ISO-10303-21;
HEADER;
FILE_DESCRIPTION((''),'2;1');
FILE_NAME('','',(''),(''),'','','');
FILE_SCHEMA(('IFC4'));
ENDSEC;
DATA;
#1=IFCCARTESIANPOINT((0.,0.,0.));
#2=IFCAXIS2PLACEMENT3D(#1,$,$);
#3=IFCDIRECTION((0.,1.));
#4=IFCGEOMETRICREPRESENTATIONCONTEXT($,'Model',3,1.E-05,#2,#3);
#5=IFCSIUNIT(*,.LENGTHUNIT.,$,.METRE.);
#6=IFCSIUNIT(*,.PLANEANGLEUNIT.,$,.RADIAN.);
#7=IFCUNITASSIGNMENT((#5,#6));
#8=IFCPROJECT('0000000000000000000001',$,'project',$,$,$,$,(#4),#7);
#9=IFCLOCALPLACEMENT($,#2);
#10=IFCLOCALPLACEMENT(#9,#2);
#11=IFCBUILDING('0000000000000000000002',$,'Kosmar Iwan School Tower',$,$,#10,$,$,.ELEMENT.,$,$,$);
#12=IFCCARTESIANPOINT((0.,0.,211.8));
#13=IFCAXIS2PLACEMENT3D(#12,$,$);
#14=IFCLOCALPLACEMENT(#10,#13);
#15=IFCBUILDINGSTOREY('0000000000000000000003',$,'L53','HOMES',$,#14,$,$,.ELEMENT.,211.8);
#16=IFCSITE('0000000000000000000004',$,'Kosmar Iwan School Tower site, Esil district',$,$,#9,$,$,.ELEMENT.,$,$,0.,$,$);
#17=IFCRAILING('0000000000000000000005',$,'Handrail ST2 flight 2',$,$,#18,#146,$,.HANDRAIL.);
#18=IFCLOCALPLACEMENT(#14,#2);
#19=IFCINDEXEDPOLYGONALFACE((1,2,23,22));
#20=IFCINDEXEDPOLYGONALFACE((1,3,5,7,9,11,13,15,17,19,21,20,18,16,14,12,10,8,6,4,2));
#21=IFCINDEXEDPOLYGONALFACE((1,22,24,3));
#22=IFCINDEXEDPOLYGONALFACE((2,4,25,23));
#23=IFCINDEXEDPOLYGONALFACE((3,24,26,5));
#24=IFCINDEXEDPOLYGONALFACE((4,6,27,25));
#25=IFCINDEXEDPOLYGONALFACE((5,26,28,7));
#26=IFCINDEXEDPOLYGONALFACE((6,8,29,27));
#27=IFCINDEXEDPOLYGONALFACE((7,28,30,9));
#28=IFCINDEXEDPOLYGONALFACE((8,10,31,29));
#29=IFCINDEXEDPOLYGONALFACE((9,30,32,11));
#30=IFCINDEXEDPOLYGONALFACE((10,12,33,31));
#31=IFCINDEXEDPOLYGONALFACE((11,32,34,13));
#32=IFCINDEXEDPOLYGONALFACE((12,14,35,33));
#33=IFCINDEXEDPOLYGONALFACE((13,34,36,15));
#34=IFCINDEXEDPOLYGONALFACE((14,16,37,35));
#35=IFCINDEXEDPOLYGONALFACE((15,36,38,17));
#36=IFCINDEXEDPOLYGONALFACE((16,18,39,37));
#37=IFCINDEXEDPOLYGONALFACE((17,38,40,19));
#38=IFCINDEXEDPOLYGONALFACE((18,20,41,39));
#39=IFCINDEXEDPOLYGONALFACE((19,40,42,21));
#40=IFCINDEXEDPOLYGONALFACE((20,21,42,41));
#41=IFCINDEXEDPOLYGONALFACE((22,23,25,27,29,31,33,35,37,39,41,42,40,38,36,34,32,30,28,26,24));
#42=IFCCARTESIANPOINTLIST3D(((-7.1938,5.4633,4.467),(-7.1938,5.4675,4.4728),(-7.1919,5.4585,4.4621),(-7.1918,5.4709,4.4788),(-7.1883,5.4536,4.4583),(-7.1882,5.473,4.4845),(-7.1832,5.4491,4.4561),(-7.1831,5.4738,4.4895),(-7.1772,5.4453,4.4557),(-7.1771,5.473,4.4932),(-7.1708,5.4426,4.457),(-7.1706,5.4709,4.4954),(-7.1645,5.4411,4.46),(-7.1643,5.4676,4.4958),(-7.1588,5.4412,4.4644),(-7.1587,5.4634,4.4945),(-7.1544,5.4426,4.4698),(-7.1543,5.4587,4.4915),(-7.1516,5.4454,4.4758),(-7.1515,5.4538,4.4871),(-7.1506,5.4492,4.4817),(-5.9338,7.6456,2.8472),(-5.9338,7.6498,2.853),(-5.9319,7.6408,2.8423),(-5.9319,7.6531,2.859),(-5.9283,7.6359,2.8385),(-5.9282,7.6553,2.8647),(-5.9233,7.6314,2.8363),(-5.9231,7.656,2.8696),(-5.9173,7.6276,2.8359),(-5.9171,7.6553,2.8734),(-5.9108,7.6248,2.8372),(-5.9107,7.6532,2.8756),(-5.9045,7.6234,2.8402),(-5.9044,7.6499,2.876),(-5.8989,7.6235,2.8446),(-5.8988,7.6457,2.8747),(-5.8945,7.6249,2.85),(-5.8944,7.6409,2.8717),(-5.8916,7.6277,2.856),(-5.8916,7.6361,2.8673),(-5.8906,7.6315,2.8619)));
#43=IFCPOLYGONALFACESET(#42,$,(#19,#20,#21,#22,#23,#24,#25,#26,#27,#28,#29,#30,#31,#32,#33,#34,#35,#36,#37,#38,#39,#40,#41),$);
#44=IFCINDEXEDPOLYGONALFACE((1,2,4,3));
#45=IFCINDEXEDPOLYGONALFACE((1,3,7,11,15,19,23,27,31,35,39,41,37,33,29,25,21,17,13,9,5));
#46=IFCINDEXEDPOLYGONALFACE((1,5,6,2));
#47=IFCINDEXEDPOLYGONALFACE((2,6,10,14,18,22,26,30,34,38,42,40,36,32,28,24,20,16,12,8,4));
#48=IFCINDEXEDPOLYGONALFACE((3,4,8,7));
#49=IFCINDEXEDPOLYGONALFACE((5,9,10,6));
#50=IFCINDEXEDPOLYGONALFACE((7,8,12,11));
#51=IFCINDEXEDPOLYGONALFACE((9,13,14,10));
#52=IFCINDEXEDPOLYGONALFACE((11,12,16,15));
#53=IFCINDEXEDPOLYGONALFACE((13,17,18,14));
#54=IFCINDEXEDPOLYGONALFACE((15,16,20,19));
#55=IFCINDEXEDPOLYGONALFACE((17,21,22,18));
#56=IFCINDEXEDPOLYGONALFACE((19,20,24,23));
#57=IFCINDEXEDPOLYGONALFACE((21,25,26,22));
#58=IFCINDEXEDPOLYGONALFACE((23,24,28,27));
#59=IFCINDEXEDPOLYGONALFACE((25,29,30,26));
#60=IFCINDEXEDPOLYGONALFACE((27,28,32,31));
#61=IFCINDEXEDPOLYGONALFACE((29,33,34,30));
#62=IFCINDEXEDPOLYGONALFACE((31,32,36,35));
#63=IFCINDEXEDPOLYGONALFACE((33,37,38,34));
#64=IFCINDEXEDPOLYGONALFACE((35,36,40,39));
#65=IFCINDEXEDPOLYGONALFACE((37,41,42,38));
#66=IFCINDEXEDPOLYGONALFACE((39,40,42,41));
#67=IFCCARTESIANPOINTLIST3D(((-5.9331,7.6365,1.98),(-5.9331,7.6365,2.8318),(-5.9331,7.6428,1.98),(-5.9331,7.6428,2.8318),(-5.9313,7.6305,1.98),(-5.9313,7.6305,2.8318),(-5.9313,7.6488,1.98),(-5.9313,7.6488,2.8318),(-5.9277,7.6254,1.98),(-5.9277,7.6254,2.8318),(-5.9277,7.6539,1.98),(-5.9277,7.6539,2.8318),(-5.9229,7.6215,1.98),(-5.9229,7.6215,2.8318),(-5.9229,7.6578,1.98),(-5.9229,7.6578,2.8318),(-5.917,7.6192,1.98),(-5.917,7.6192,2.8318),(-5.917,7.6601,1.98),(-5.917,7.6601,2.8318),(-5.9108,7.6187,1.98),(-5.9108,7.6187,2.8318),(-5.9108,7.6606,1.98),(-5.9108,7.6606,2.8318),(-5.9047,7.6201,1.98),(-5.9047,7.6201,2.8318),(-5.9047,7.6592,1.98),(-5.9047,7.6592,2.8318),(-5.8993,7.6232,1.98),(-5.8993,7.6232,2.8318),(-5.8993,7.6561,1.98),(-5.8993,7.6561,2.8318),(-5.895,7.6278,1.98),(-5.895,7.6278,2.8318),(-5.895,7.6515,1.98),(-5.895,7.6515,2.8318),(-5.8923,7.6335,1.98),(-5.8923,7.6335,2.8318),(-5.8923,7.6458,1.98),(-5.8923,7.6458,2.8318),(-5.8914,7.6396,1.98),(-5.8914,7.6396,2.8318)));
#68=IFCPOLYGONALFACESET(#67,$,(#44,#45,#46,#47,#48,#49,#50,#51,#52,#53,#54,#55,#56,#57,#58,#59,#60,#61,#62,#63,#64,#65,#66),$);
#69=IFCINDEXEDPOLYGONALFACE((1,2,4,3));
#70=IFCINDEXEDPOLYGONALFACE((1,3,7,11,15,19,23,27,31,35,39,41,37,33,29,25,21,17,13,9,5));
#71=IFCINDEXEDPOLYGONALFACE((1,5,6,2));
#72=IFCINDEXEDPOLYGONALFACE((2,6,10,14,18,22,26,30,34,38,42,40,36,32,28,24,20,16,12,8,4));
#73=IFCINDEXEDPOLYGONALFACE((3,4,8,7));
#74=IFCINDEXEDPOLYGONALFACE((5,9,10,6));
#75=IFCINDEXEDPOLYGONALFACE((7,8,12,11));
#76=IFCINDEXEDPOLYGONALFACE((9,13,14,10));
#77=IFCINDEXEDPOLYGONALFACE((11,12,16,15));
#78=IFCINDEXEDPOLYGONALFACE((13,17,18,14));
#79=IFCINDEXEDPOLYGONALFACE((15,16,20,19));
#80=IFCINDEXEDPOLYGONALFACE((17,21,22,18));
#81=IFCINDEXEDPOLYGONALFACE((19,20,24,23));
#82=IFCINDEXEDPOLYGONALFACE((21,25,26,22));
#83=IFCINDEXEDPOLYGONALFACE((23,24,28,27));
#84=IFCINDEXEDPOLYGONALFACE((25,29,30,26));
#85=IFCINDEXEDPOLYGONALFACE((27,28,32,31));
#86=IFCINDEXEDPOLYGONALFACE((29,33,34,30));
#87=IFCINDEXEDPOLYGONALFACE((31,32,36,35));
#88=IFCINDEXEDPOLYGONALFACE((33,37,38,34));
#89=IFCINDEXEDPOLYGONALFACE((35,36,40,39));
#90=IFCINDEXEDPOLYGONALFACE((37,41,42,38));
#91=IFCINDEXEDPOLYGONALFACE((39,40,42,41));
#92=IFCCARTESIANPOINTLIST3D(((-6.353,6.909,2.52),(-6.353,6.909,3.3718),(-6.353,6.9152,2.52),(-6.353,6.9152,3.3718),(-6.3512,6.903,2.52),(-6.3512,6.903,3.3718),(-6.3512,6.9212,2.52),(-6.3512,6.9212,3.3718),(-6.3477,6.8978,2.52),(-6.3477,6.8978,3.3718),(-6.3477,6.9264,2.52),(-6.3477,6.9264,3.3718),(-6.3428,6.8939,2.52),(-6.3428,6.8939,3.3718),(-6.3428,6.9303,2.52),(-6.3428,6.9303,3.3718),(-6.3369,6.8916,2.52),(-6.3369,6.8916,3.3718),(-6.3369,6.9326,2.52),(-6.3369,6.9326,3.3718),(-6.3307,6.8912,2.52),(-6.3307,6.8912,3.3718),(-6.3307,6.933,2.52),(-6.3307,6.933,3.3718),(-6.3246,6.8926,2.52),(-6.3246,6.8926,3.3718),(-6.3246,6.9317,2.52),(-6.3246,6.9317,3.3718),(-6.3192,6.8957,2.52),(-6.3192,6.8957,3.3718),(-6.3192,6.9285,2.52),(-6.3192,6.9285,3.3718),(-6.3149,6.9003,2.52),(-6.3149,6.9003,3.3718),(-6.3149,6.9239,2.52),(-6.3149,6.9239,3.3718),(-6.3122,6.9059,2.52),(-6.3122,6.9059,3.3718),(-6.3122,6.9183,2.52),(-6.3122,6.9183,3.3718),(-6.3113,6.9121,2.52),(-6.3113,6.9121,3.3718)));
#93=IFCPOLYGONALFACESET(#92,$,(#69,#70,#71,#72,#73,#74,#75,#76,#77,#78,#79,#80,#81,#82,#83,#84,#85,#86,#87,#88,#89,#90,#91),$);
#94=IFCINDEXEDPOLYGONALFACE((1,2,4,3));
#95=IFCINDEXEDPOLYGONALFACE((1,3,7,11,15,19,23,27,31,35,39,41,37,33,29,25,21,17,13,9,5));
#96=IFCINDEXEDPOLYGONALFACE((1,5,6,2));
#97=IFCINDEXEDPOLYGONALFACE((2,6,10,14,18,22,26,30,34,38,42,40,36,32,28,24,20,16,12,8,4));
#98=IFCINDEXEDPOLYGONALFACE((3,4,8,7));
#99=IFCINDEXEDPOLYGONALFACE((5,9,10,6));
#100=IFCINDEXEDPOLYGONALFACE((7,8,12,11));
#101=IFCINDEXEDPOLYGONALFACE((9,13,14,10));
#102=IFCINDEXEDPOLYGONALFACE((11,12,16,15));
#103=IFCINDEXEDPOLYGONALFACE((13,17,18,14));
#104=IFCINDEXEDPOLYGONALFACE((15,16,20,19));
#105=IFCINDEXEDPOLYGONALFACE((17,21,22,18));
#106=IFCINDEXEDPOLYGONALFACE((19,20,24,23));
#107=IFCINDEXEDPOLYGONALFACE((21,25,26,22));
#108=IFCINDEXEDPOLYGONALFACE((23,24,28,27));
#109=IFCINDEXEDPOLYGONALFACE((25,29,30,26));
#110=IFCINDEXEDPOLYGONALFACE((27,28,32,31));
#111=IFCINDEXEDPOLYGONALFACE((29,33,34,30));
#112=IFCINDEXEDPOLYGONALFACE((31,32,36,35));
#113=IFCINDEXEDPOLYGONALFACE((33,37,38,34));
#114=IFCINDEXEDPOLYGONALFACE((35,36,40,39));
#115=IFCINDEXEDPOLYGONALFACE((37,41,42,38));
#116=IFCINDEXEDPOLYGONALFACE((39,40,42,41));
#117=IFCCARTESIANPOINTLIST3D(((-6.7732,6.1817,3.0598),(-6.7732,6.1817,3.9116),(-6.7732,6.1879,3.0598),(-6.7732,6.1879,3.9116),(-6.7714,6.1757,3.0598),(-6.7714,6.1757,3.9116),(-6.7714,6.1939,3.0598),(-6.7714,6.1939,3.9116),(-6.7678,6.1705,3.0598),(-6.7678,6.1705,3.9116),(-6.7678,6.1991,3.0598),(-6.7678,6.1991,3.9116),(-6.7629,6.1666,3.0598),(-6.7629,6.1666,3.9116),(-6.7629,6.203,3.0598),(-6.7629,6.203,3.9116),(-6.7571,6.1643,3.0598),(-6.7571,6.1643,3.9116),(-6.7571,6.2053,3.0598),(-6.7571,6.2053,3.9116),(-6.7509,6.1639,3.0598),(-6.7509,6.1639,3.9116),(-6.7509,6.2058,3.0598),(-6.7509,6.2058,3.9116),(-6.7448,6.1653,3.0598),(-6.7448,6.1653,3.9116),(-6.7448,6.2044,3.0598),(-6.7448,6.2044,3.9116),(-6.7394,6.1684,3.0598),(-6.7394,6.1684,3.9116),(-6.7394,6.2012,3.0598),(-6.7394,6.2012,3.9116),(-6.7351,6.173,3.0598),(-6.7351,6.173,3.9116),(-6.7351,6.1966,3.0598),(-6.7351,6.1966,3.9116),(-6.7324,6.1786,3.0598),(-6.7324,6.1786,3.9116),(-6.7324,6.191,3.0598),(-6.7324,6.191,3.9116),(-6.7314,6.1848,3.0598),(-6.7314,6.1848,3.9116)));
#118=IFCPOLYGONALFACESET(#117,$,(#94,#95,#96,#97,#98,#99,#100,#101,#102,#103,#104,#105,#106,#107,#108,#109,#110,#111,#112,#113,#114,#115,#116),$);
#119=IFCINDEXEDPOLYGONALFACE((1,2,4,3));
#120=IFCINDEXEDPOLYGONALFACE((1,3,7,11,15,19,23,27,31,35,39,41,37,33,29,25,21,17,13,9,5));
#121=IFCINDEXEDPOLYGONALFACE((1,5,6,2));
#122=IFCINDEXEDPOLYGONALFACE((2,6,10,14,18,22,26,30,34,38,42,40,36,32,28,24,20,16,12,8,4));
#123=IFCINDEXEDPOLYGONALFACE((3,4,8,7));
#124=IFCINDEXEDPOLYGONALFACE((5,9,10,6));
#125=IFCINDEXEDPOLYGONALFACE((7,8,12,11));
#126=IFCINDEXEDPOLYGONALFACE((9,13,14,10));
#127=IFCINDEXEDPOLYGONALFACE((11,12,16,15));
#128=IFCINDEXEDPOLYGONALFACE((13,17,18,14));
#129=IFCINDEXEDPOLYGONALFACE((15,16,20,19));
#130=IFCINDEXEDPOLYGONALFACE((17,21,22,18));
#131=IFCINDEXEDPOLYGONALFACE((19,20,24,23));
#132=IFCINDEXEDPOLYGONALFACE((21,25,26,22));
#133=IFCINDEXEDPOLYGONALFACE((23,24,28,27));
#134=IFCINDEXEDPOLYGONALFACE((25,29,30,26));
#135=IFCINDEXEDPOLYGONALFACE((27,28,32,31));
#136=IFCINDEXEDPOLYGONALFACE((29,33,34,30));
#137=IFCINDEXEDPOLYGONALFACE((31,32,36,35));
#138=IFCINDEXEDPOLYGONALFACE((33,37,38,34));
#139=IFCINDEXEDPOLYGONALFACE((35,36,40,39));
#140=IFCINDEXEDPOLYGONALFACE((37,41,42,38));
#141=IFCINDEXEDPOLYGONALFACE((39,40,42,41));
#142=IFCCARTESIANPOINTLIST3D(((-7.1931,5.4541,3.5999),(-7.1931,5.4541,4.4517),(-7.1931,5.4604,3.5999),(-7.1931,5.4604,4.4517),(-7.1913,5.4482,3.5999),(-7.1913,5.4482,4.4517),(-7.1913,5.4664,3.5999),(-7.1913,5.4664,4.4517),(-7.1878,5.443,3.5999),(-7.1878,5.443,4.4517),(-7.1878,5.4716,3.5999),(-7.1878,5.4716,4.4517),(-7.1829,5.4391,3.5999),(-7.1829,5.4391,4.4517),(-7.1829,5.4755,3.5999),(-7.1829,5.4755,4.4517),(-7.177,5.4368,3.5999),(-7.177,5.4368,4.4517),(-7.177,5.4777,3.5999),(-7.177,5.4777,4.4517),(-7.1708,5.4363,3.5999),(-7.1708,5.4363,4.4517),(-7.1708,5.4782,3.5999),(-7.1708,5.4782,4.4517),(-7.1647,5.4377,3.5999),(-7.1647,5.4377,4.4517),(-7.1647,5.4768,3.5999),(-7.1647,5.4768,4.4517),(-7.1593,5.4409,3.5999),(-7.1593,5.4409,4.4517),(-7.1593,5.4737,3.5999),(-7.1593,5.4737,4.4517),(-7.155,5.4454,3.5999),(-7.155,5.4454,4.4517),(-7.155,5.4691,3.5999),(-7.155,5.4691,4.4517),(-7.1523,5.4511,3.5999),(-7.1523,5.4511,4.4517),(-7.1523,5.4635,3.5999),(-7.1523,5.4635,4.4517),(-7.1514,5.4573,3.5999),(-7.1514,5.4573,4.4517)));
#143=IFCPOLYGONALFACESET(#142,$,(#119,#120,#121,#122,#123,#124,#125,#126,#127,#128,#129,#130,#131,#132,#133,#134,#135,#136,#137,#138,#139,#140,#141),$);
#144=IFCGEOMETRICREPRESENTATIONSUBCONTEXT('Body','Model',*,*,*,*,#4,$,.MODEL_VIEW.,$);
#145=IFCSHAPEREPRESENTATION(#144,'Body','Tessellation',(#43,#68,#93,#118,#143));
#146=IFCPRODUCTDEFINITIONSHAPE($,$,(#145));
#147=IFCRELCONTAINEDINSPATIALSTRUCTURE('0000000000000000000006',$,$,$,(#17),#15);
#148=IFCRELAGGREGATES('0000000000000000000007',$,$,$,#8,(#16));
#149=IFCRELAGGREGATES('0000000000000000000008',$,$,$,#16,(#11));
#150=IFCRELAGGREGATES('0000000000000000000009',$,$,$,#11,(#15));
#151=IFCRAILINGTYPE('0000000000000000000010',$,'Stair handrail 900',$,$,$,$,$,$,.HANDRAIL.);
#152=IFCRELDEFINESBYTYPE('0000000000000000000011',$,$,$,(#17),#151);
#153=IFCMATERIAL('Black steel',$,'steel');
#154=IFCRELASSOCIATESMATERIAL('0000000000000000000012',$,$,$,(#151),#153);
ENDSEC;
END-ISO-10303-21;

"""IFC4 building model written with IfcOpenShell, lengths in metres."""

from ifc_helpers import new_model, si_unit, direction, frame, origin, origin_2d, place, context, subcontext, project, spatial, circle, extrude, material, type_object, element, save


model = new_model("IFC4")

# Units and contexts
model_context = context("Model", 3, precision=1e-05, world=origin(), true_north=direction((0.0, 1.0)))
body_context = subcontext(model_context, "Body", "Model", "MODEL_VIEW")
ifc_project = project(units=[si_unit("LENGTHUNIT", "METRE"), si_unit("PLANEANGLEUNIT", "RADIAN")], contexts=[model_context])

# Site, building, storey
site_placement = place(None, origin())
site = spatial("IfcSite", under=ifc_project, at=site_placement, Name="Kosmar Iwan School Tower site, Esil district", CompositionType="ELEMENT", RefElevation=0.0)
building_placement = place(site_placement, origin())
building = spatial("IfcBuilding", under=site, at=building_placement, Name="Kosmar Iwan School Tower", CompositionType="ELEMENT")
storey_placement = place(building_placement, frame((0.0, 0.0, 211.8)))
storey = spatial("IfcBuildingStorey", under=building, at=storey_placement, Name="L53", Description="HOMES", CompositionType="ELEMENT", Elevation=211.8)

# Railing
ifc_material_1 = material(Name="Black steel", Category="steel")
railing_type = type_object("IfcRailingType", Name="Stair handrail 900", PredefinedType="HANDRAIL", material=ifc_material_1)
railing_1_placement = place(storey_placement, frame((-5.9124, 7.6396, 1.98)))
element("IfcRailing", 1, at=railing_1_placement, inside=storey, type_object=railing_type, Name="Handrail ST2 flight 2", PredefinedType="HANDRAIL", context=body_context, shape_type="SweptSolid", body=[
    extrude(circle(Radius=0.0239, at=origin_2d()), frame((0.0, 0.0, 0.876), z_axis=(-0.420603, -0.728496, 0.540728), x_axis=(0.866023, -0.500005, 0.0)), (0.0, 0.0, 1.0), 2.9956),
    extrude(circle(Radius=0.021, at=origin_2d()), origin(), (0.0, 0.0, 1.0), 0.8518),
    extrude(circle(Radius=0.021, at=origin_2d()), frame((-0.4199, -0.7275, 0.54)), (0.0, 0.0, 1.0), 0.8518),
    extrude(circle(Radius=0.021, at=origin_2d()), frame((-0.8401, -1.4548, 1.0798)), (0.0, 0.0, 1.0), 0.8518),
    extrude(circle(Radius=0.021, at=origin_2d()), frame((-1.26, -2.1824, 1.6199)), (0.0, 0.0, 1.0), 0.8518),
])

save(model, "model.ifc")
